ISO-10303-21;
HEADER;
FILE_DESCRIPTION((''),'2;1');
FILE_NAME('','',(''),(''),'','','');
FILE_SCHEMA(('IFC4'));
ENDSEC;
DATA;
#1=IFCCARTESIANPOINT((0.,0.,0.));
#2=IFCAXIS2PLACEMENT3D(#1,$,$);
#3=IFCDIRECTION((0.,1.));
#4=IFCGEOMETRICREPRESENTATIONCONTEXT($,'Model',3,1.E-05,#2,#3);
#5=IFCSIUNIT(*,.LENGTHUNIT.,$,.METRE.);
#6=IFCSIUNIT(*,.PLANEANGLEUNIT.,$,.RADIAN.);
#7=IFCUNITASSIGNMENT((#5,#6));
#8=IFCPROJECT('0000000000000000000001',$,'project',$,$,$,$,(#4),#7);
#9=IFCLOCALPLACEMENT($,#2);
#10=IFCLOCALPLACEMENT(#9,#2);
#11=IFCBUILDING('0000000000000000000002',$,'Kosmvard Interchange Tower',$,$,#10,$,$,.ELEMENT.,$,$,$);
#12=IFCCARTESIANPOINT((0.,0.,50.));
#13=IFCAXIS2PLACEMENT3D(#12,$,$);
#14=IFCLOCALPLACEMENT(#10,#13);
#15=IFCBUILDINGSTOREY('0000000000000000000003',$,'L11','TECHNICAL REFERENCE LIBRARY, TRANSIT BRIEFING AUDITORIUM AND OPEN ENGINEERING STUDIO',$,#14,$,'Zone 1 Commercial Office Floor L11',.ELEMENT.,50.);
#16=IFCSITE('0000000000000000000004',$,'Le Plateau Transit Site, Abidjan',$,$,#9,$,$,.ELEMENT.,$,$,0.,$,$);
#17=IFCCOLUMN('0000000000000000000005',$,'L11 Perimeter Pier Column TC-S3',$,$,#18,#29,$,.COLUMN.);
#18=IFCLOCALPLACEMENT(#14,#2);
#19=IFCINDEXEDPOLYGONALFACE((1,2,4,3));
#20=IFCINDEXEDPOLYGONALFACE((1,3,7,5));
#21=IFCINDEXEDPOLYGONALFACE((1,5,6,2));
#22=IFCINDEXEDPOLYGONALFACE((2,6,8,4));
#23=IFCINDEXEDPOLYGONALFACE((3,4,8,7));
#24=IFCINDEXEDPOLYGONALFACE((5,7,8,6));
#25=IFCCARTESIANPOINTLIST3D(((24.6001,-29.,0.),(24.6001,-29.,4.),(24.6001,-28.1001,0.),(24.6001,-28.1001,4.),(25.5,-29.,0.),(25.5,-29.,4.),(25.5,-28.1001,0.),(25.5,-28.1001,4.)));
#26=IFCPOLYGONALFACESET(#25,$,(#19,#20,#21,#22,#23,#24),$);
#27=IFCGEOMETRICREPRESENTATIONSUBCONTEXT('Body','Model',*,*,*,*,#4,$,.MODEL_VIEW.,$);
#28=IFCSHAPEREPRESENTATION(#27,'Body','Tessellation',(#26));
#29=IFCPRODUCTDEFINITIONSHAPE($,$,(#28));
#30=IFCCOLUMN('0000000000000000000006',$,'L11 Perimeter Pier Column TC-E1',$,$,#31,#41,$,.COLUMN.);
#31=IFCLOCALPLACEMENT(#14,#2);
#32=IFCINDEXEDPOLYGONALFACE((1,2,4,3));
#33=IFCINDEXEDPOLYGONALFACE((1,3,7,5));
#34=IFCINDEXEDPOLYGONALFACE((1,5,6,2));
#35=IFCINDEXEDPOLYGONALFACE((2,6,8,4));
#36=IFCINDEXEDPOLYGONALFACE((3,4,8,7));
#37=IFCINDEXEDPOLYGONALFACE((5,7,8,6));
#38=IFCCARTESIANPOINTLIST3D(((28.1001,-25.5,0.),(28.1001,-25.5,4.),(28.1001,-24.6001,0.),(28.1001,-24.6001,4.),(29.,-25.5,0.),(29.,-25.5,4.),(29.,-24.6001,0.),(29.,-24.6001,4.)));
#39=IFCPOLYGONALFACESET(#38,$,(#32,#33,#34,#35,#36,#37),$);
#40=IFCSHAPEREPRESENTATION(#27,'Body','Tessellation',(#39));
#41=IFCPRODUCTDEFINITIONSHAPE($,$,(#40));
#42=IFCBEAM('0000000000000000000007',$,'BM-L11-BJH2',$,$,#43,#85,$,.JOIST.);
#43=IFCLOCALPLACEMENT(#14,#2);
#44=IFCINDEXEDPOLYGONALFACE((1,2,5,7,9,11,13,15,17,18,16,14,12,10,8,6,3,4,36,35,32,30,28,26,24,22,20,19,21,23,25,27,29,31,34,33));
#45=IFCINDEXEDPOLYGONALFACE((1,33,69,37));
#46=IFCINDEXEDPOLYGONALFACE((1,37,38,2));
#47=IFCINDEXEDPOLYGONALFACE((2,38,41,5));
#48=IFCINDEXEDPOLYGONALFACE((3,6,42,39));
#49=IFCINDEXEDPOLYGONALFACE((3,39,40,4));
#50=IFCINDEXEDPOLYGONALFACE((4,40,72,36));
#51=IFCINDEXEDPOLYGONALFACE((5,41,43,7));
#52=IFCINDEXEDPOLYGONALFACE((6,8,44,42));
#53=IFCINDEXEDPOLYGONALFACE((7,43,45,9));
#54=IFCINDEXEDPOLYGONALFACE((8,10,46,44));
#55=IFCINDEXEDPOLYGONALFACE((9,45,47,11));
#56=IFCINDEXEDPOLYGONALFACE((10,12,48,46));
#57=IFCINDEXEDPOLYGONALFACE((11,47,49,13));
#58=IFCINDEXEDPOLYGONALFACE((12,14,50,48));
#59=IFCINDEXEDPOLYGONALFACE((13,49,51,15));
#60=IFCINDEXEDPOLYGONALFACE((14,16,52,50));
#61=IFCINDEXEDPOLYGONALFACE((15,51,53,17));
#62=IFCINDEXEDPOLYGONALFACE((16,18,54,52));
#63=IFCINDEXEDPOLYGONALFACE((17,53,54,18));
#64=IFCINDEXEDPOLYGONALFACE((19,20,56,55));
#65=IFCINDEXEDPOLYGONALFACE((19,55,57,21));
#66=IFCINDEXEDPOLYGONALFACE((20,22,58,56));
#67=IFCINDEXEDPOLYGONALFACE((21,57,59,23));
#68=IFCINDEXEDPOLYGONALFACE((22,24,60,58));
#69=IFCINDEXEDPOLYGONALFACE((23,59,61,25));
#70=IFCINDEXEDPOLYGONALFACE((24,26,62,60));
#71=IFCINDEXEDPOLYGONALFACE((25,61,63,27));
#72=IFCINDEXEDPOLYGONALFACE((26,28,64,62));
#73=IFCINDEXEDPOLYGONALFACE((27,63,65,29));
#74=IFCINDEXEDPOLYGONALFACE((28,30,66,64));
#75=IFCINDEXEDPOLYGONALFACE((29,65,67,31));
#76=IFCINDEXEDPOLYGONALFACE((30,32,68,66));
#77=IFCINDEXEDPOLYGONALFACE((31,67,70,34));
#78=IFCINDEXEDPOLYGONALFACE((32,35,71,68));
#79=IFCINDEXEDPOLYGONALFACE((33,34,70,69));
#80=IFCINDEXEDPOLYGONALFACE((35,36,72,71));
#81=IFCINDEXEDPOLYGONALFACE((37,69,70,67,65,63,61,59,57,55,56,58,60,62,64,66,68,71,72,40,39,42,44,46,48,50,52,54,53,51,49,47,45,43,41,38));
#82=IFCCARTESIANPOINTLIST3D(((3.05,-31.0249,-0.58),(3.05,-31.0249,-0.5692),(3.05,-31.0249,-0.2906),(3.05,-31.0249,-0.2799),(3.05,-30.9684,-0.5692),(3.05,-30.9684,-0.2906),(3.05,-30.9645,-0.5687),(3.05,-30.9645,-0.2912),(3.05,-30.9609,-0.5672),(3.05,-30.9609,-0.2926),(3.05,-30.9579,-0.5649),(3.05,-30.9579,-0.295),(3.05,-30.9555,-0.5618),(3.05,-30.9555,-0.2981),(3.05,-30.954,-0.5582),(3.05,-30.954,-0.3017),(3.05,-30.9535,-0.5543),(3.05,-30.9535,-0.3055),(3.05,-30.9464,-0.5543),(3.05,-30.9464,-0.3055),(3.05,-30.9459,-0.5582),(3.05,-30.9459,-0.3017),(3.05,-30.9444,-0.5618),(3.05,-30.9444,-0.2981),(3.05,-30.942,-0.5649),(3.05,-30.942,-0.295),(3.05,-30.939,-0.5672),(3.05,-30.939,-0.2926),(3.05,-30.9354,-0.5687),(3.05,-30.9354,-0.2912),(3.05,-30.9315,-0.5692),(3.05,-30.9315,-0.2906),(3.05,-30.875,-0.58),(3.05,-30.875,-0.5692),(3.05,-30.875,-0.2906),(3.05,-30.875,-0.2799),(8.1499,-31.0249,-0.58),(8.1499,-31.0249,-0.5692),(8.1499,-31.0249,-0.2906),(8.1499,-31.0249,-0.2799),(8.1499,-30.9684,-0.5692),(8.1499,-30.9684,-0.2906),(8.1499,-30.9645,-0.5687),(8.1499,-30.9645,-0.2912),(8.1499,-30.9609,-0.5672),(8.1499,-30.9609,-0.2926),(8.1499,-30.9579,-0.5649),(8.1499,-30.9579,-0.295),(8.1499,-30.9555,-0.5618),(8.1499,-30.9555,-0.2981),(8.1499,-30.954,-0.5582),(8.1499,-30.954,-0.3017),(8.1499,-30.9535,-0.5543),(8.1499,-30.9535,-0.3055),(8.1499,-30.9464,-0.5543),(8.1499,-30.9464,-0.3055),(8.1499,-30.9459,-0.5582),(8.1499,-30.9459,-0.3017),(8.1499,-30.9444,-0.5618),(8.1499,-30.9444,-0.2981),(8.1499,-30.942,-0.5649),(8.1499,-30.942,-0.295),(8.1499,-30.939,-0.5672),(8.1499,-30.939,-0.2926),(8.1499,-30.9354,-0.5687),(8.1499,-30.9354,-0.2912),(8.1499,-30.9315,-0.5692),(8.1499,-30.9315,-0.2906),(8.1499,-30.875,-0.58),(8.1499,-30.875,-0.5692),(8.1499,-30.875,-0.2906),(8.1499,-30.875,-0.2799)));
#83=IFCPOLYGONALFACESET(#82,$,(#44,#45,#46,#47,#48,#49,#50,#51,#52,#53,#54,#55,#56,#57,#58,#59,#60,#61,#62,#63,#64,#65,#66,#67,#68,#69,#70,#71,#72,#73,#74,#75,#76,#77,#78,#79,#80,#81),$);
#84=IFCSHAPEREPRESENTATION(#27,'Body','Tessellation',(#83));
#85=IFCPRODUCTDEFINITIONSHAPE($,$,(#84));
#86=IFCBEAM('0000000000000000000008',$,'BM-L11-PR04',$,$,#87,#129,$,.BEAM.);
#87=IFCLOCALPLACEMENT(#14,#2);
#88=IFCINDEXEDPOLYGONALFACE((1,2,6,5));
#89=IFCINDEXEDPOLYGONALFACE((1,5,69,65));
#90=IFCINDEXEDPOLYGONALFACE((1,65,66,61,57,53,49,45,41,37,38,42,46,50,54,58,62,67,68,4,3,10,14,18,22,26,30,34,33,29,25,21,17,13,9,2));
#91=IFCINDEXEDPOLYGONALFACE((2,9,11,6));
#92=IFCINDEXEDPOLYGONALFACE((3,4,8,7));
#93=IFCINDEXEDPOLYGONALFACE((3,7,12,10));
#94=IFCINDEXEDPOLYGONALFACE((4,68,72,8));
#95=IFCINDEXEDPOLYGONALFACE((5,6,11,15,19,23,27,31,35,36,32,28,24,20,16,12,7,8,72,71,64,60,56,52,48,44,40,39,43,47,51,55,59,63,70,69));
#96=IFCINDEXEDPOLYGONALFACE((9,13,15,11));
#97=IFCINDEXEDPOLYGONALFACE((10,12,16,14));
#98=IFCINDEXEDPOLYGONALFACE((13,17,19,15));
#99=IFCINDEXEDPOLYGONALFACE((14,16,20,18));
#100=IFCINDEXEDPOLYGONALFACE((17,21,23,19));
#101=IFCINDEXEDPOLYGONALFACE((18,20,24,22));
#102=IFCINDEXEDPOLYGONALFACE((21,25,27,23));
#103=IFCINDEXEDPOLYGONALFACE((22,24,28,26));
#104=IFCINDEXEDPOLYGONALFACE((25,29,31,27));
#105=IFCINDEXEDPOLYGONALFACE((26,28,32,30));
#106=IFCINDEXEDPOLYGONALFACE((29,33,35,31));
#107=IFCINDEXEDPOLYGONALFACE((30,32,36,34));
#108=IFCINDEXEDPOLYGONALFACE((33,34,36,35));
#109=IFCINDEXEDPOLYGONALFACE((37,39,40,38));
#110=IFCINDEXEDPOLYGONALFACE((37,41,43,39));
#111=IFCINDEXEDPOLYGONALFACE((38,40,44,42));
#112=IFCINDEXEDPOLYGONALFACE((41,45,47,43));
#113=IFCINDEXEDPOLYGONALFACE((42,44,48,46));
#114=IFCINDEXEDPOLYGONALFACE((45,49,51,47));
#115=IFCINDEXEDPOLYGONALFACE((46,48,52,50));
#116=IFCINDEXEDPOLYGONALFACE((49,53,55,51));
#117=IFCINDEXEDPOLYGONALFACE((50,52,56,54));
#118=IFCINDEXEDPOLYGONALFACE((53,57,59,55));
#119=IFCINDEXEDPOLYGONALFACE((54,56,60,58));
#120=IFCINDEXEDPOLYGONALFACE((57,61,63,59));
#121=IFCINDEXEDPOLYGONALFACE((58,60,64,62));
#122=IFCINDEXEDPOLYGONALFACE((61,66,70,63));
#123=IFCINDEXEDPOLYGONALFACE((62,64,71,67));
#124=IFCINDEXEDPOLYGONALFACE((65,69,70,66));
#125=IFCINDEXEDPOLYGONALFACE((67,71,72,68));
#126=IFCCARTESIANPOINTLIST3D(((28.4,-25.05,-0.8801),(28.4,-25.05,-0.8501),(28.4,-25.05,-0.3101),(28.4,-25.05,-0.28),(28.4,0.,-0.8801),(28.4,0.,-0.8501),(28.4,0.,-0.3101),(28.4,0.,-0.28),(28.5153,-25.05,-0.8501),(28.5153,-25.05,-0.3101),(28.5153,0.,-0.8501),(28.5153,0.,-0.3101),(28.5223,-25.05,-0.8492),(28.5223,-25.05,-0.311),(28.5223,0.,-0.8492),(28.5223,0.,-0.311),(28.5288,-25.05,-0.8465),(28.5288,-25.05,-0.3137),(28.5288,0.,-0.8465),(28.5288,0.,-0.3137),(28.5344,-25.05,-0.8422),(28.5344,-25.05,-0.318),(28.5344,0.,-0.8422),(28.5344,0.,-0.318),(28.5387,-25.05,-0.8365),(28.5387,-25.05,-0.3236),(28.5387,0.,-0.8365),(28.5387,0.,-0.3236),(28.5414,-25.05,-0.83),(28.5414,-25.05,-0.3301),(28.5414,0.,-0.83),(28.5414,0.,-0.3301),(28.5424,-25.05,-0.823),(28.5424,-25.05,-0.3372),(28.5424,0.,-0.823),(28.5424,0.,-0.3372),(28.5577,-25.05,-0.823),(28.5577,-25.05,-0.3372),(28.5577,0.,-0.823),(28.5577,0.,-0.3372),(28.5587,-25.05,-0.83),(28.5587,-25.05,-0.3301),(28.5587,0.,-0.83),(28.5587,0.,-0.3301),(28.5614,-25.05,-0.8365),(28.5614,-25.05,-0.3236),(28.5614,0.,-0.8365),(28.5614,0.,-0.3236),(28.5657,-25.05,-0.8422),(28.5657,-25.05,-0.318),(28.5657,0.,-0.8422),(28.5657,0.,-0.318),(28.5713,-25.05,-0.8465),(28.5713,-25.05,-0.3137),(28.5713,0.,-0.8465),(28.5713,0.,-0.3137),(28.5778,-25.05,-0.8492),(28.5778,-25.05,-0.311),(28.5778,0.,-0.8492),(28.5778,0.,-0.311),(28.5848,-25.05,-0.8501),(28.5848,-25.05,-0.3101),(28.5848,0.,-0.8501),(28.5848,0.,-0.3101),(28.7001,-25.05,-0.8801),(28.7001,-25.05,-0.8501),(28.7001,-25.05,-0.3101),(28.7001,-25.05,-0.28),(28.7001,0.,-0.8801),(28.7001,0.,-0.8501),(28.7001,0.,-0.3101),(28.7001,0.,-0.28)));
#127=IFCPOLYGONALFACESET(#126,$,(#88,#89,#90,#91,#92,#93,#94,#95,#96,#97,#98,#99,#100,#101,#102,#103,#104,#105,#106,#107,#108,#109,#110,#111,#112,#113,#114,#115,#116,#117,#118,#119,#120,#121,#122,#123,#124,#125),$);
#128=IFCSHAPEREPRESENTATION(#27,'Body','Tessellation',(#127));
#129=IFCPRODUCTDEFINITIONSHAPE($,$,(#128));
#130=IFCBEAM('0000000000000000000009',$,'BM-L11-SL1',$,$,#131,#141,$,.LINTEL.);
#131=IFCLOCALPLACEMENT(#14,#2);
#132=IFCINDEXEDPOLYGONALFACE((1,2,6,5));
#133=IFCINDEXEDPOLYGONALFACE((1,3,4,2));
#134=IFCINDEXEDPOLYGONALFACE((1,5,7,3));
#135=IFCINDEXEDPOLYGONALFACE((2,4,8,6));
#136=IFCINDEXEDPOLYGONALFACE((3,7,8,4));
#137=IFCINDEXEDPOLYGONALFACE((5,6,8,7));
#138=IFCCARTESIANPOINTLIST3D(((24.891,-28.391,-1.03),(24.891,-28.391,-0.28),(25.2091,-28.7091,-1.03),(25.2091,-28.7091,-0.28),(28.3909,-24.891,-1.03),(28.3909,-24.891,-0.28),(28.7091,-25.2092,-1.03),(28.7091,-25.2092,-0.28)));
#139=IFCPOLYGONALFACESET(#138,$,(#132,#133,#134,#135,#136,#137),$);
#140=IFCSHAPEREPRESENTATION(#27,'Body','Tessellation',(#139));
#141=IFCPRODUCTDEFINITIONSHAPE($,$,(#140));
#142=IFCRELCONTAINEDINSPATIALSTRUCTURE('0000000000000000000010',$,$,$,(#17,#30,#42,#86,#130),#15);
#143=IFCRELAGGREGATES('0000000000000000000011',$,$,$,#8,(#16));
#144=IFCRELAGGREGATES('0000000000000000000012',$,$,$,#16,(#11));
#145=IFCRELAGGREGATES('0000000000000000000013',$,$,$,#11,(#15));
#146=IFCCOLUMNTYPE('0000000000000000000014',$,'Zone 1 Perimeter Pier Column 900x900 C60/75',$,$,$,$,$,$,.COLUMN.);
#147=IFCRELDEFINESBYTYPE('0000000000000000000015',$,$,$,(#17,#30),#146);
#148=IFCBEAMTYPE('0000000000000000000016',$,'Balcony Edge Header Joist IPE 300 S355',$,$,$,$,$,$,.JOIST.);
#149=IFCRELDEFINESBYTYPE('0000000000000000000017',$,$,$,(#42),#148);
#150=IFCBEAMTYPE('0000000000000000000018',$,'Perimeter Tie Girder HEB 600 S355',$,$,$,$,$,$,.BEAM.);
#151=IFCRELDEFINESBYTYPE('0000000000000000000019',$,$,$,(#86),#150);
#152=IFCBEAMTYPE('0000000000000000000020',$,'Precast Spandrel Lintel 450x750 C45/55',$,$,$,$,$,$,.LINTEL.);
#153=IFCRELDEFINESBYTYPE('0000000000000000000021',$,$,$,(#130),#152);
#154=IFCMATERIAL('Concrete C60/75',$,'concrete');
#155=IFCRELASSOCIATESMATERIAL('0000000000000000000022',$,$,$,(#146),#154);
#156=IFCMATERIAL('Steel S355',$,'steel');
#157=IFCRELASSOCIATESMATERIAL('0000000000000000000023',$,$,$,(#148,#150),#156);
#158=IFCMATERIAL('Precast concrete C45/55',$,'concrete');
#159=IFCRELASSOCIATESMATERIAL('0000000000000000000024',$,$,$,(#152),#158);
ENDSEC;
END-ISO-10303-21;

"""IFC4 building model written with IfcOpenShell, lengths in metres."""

from ifc_helpers import new_model, si_unit, direction, frame, origin, origin_2d, place, context, subcontext, project, spatial, rectangle, i_section, extrude, source, transform, mapped, material, material_profile, profile_set, type_object, element, save


model = new_model("IFC4")

# Units and contexts
model_context = context("Model", 3, precision=1e-05, world=origin(), true_north=direction((0.0, 1.0)))
body_context = subcontext(model_context, "Body", "Model", "MODEL_VIEW")
ifc_project = project(units=[si_unit("LENGTHUNIT", "METRE"), si_unit("PLANEANGLEUNIT", "RADIAN")], contexts=[model_context])

# Site, building, storey
site_placement = place(None, origin())
site = spatial("IfcSite", under=ifc_project, at=site_placement, Name="Le Plateau Transit Site, Abidjan", CompositionType="ELEMENT", RefElevation=0.0)
building_placement = place(site_placement, origin())
building = spatial("IfcBuilding", under=site, at=building_placement, Name="Kosmvard Interchange Tower", CompositionType="ELEMENT")
storey_placement = place(building_placement, frame((0.0, 0.0, 50.0)))
storey = spatial("IfcBuildingStorey", under=building, at=storey_placement, Name="L11", Description="TECHNICAL REFERENCE LIBRARY, TRANSIT BRIEFING AUDITORIUM AND OPEN ENGINEERING STUDIO", LongName="Zone 1 Commercial Office Floor L11", CompositionType="ELEMENT", Elevation=50.0)

# Columns
ifc_material_1 = material(Name="Concrete C60/75", Category="concrete")
ifc_material_profile_1 = material_profile(ifc_material_1, rectangle(XDim=0.8999, YDim=0.8999, at=origin_2d()), Name="TC 900x900")
ifc_profile_set_1 = profile_set([ifc_material_profile_1], Name="Concrete C60/75")
column_type = type_object("IfcColumnType", Name="Zone 1 Perimeter Pier Column 900x900 C60/75", PredefinedType="COLUMN", material=ifc_profile_set_1)
shared_shape_1 = source(origin(), body_context, "Body", "SweptSolid", [
    extrude(rectangle(XDim=0.8999, YDim=0.8999, at=origin_2d()), origin(), (0.0, 0.0, 1.0), 4.0),
])
for number, where, z_axis, x_axis, name in (
    (1, (25.05, -28.55, 0.0), (0.0, 0.0, 1.0), (1.0, 0.0, 0.0), "L11 Perimeter Pier Column TC-S3"),
    (2, (28.55, -25.05, 0.0), (0.0, 0.0, 1.0), (1.0, 0.0, 0.0), "L11 Perimeter Pier Column TC-E1"),
):
    element("IfcColumn", number, at=place(storey_placement, frame(where, z_axis=z_axis, x_axis=x_axis)), inside=storey, type_object=column_type, Name=name, PredefinedType="COLUMN", context=body_context, shape_type="MappedRepresentation", body=[
        mapped(shared_shape_1, transform((0.0, 0.0, 0.0), scale=1.0)),
    ])

# Beams
ifc_material_2 = material(Name="Steel S355", Category="steel")
ifc_material_profile_2 = material_profile(ifc_material_2, i_section(OverallWidth=0.1499, OverallDepth=0.3, WebThickness=0.0071, FlangeThickness=0.0107, FilletRadius=0.0149, at=origin_2d()), Name="IPE 300")
ifc_profile_set_2 = profile_set([ifc_material_profile_2], Name="Steel S355")
beam_type_1 = type_object("IfcBeamType", Name="Balcony Edge Header Joist IPE 300 S355", PredefinedType="JOIST", material=ifc_profile_set_2)
shared_shape_2 = source(origin(), body_context, "Body", "SweptSolid", [
    extrude(i_section(OverallWidth=0.1499, OverallDepth=0.3, WebThickness=0.0071, FlangeThickness=0.0107, FilletRadius=0.0149, at=origin_2d()), origin(), (0.0, 0.0, 1.0), 5.0999),
])
beam_1_placement = place(storey_placement, frame((3.05, -30.95, -0.4299), z_axis=(1.0, 0.0, 0.0), x_axis=(0.0, 1.0, 0.0)))
element("IfcBeam", 3, at=beam_1_placement, inside=storey, type_object=beam_type_1, Name="BM-L11-BJH2", PredefinedType="JOIST", context=body_context, shape_type="MappedRepresentation", body=[
    mapped(shared_shape_2, transform((0.0, 0.0, 0.0), scale=1.0)),
])
ifc_material_profile_3 = material_profile(ifc_material_2, i_section(OverallWidth=0.3, OverallDepth=0.6001, WebThickness=0.0154, FlangeThickness=0.03, FilletRadius=0.0271, at=origin_2d()), Name="HEB 600")
ifc_profile_set_3 = profile_set([ifc_material_profile_3], Name="Steel S355")
beam_type_2 = type_object("IfcBeamType", Name="Perimeter Tie Girder HEB 600 S355", PredefinedType="BEAM", material=ifc_profile_set_3)
shared_shape_3 = source(origin(), body_context, "Body", "SweptSolid", [
    extrude(i_section(OverallWidth=0.3, OverallDepth=0.6001, WebThickness=0.0154, FlangeThickness=0.03, FilletRadius=0.0271, at=origin_2d()), origin(), (0.0, 0.0, 1.0), 25.05),
])
beam_2_placement = place(storey_placement, frame((28.55, -25.05, -0.5801), z_axis=(0.0, 1.0, 0.0), x_axis=(-1.0, 0.0, 0.0)))
element("IfcBeam", 4, at=beam_2_placement, inside=storey, type_object=beam_type_2, Name="BM-L11-PR04", PredefinedType="BEAM", context=body_context, shape_type="MappedRepresentation", body=[
    mapped(shared_shape_3, transform((0.0, 0.0, 0.0), scale=1.0)),
])
ifc_material_3 = material(Name="Precast concrete C45/55", Category="concrete")
ifc_material_profile_4 = material_profile(ifc_material_3, rectangle(XDim=0.45, YDim=0.75, at=origin_2d()), Name="SL 450x750")
ifc_profile_set_4 = profile_set([ifc_material_profile_4], Name="Precast concrete C45/55")
beam_type_3 = type_object("IfcBeamType", Name="Precast Spandrel Lintel 450x750 C45/55", PredefinedType="LINTEL", material=ifc_profile_set_4)
shared_shape_4 = source(origin(), body_context, "Body", "SweptSolid", [
    extrude(rectangle(XDim=0.45, YDim=0.75, at=origin_2d()), origin(), (0.0, 0.0, 1.0), 4.9497),
])
beam_3_placement = place(storey_placement, frame((25.05, -28.55, -0.655), z_axis=(0.707107, 0.707107, 0.0), x_axis=(-0.707107, 0.707107, 0.0)))
element("IfcBeam", 5, at=beam_3_placement, inside=storey, type_object=beam_type_3, Name="BM-L11-SL1", PredefinedType="LINTEL", context=body_context, shape_type="MappedRepresentation", body=[
    mapped(shared_shape_4, transform((0.0, 0.0, 0.0), scale=1.0)),
])

save(model, "model.ifc")
